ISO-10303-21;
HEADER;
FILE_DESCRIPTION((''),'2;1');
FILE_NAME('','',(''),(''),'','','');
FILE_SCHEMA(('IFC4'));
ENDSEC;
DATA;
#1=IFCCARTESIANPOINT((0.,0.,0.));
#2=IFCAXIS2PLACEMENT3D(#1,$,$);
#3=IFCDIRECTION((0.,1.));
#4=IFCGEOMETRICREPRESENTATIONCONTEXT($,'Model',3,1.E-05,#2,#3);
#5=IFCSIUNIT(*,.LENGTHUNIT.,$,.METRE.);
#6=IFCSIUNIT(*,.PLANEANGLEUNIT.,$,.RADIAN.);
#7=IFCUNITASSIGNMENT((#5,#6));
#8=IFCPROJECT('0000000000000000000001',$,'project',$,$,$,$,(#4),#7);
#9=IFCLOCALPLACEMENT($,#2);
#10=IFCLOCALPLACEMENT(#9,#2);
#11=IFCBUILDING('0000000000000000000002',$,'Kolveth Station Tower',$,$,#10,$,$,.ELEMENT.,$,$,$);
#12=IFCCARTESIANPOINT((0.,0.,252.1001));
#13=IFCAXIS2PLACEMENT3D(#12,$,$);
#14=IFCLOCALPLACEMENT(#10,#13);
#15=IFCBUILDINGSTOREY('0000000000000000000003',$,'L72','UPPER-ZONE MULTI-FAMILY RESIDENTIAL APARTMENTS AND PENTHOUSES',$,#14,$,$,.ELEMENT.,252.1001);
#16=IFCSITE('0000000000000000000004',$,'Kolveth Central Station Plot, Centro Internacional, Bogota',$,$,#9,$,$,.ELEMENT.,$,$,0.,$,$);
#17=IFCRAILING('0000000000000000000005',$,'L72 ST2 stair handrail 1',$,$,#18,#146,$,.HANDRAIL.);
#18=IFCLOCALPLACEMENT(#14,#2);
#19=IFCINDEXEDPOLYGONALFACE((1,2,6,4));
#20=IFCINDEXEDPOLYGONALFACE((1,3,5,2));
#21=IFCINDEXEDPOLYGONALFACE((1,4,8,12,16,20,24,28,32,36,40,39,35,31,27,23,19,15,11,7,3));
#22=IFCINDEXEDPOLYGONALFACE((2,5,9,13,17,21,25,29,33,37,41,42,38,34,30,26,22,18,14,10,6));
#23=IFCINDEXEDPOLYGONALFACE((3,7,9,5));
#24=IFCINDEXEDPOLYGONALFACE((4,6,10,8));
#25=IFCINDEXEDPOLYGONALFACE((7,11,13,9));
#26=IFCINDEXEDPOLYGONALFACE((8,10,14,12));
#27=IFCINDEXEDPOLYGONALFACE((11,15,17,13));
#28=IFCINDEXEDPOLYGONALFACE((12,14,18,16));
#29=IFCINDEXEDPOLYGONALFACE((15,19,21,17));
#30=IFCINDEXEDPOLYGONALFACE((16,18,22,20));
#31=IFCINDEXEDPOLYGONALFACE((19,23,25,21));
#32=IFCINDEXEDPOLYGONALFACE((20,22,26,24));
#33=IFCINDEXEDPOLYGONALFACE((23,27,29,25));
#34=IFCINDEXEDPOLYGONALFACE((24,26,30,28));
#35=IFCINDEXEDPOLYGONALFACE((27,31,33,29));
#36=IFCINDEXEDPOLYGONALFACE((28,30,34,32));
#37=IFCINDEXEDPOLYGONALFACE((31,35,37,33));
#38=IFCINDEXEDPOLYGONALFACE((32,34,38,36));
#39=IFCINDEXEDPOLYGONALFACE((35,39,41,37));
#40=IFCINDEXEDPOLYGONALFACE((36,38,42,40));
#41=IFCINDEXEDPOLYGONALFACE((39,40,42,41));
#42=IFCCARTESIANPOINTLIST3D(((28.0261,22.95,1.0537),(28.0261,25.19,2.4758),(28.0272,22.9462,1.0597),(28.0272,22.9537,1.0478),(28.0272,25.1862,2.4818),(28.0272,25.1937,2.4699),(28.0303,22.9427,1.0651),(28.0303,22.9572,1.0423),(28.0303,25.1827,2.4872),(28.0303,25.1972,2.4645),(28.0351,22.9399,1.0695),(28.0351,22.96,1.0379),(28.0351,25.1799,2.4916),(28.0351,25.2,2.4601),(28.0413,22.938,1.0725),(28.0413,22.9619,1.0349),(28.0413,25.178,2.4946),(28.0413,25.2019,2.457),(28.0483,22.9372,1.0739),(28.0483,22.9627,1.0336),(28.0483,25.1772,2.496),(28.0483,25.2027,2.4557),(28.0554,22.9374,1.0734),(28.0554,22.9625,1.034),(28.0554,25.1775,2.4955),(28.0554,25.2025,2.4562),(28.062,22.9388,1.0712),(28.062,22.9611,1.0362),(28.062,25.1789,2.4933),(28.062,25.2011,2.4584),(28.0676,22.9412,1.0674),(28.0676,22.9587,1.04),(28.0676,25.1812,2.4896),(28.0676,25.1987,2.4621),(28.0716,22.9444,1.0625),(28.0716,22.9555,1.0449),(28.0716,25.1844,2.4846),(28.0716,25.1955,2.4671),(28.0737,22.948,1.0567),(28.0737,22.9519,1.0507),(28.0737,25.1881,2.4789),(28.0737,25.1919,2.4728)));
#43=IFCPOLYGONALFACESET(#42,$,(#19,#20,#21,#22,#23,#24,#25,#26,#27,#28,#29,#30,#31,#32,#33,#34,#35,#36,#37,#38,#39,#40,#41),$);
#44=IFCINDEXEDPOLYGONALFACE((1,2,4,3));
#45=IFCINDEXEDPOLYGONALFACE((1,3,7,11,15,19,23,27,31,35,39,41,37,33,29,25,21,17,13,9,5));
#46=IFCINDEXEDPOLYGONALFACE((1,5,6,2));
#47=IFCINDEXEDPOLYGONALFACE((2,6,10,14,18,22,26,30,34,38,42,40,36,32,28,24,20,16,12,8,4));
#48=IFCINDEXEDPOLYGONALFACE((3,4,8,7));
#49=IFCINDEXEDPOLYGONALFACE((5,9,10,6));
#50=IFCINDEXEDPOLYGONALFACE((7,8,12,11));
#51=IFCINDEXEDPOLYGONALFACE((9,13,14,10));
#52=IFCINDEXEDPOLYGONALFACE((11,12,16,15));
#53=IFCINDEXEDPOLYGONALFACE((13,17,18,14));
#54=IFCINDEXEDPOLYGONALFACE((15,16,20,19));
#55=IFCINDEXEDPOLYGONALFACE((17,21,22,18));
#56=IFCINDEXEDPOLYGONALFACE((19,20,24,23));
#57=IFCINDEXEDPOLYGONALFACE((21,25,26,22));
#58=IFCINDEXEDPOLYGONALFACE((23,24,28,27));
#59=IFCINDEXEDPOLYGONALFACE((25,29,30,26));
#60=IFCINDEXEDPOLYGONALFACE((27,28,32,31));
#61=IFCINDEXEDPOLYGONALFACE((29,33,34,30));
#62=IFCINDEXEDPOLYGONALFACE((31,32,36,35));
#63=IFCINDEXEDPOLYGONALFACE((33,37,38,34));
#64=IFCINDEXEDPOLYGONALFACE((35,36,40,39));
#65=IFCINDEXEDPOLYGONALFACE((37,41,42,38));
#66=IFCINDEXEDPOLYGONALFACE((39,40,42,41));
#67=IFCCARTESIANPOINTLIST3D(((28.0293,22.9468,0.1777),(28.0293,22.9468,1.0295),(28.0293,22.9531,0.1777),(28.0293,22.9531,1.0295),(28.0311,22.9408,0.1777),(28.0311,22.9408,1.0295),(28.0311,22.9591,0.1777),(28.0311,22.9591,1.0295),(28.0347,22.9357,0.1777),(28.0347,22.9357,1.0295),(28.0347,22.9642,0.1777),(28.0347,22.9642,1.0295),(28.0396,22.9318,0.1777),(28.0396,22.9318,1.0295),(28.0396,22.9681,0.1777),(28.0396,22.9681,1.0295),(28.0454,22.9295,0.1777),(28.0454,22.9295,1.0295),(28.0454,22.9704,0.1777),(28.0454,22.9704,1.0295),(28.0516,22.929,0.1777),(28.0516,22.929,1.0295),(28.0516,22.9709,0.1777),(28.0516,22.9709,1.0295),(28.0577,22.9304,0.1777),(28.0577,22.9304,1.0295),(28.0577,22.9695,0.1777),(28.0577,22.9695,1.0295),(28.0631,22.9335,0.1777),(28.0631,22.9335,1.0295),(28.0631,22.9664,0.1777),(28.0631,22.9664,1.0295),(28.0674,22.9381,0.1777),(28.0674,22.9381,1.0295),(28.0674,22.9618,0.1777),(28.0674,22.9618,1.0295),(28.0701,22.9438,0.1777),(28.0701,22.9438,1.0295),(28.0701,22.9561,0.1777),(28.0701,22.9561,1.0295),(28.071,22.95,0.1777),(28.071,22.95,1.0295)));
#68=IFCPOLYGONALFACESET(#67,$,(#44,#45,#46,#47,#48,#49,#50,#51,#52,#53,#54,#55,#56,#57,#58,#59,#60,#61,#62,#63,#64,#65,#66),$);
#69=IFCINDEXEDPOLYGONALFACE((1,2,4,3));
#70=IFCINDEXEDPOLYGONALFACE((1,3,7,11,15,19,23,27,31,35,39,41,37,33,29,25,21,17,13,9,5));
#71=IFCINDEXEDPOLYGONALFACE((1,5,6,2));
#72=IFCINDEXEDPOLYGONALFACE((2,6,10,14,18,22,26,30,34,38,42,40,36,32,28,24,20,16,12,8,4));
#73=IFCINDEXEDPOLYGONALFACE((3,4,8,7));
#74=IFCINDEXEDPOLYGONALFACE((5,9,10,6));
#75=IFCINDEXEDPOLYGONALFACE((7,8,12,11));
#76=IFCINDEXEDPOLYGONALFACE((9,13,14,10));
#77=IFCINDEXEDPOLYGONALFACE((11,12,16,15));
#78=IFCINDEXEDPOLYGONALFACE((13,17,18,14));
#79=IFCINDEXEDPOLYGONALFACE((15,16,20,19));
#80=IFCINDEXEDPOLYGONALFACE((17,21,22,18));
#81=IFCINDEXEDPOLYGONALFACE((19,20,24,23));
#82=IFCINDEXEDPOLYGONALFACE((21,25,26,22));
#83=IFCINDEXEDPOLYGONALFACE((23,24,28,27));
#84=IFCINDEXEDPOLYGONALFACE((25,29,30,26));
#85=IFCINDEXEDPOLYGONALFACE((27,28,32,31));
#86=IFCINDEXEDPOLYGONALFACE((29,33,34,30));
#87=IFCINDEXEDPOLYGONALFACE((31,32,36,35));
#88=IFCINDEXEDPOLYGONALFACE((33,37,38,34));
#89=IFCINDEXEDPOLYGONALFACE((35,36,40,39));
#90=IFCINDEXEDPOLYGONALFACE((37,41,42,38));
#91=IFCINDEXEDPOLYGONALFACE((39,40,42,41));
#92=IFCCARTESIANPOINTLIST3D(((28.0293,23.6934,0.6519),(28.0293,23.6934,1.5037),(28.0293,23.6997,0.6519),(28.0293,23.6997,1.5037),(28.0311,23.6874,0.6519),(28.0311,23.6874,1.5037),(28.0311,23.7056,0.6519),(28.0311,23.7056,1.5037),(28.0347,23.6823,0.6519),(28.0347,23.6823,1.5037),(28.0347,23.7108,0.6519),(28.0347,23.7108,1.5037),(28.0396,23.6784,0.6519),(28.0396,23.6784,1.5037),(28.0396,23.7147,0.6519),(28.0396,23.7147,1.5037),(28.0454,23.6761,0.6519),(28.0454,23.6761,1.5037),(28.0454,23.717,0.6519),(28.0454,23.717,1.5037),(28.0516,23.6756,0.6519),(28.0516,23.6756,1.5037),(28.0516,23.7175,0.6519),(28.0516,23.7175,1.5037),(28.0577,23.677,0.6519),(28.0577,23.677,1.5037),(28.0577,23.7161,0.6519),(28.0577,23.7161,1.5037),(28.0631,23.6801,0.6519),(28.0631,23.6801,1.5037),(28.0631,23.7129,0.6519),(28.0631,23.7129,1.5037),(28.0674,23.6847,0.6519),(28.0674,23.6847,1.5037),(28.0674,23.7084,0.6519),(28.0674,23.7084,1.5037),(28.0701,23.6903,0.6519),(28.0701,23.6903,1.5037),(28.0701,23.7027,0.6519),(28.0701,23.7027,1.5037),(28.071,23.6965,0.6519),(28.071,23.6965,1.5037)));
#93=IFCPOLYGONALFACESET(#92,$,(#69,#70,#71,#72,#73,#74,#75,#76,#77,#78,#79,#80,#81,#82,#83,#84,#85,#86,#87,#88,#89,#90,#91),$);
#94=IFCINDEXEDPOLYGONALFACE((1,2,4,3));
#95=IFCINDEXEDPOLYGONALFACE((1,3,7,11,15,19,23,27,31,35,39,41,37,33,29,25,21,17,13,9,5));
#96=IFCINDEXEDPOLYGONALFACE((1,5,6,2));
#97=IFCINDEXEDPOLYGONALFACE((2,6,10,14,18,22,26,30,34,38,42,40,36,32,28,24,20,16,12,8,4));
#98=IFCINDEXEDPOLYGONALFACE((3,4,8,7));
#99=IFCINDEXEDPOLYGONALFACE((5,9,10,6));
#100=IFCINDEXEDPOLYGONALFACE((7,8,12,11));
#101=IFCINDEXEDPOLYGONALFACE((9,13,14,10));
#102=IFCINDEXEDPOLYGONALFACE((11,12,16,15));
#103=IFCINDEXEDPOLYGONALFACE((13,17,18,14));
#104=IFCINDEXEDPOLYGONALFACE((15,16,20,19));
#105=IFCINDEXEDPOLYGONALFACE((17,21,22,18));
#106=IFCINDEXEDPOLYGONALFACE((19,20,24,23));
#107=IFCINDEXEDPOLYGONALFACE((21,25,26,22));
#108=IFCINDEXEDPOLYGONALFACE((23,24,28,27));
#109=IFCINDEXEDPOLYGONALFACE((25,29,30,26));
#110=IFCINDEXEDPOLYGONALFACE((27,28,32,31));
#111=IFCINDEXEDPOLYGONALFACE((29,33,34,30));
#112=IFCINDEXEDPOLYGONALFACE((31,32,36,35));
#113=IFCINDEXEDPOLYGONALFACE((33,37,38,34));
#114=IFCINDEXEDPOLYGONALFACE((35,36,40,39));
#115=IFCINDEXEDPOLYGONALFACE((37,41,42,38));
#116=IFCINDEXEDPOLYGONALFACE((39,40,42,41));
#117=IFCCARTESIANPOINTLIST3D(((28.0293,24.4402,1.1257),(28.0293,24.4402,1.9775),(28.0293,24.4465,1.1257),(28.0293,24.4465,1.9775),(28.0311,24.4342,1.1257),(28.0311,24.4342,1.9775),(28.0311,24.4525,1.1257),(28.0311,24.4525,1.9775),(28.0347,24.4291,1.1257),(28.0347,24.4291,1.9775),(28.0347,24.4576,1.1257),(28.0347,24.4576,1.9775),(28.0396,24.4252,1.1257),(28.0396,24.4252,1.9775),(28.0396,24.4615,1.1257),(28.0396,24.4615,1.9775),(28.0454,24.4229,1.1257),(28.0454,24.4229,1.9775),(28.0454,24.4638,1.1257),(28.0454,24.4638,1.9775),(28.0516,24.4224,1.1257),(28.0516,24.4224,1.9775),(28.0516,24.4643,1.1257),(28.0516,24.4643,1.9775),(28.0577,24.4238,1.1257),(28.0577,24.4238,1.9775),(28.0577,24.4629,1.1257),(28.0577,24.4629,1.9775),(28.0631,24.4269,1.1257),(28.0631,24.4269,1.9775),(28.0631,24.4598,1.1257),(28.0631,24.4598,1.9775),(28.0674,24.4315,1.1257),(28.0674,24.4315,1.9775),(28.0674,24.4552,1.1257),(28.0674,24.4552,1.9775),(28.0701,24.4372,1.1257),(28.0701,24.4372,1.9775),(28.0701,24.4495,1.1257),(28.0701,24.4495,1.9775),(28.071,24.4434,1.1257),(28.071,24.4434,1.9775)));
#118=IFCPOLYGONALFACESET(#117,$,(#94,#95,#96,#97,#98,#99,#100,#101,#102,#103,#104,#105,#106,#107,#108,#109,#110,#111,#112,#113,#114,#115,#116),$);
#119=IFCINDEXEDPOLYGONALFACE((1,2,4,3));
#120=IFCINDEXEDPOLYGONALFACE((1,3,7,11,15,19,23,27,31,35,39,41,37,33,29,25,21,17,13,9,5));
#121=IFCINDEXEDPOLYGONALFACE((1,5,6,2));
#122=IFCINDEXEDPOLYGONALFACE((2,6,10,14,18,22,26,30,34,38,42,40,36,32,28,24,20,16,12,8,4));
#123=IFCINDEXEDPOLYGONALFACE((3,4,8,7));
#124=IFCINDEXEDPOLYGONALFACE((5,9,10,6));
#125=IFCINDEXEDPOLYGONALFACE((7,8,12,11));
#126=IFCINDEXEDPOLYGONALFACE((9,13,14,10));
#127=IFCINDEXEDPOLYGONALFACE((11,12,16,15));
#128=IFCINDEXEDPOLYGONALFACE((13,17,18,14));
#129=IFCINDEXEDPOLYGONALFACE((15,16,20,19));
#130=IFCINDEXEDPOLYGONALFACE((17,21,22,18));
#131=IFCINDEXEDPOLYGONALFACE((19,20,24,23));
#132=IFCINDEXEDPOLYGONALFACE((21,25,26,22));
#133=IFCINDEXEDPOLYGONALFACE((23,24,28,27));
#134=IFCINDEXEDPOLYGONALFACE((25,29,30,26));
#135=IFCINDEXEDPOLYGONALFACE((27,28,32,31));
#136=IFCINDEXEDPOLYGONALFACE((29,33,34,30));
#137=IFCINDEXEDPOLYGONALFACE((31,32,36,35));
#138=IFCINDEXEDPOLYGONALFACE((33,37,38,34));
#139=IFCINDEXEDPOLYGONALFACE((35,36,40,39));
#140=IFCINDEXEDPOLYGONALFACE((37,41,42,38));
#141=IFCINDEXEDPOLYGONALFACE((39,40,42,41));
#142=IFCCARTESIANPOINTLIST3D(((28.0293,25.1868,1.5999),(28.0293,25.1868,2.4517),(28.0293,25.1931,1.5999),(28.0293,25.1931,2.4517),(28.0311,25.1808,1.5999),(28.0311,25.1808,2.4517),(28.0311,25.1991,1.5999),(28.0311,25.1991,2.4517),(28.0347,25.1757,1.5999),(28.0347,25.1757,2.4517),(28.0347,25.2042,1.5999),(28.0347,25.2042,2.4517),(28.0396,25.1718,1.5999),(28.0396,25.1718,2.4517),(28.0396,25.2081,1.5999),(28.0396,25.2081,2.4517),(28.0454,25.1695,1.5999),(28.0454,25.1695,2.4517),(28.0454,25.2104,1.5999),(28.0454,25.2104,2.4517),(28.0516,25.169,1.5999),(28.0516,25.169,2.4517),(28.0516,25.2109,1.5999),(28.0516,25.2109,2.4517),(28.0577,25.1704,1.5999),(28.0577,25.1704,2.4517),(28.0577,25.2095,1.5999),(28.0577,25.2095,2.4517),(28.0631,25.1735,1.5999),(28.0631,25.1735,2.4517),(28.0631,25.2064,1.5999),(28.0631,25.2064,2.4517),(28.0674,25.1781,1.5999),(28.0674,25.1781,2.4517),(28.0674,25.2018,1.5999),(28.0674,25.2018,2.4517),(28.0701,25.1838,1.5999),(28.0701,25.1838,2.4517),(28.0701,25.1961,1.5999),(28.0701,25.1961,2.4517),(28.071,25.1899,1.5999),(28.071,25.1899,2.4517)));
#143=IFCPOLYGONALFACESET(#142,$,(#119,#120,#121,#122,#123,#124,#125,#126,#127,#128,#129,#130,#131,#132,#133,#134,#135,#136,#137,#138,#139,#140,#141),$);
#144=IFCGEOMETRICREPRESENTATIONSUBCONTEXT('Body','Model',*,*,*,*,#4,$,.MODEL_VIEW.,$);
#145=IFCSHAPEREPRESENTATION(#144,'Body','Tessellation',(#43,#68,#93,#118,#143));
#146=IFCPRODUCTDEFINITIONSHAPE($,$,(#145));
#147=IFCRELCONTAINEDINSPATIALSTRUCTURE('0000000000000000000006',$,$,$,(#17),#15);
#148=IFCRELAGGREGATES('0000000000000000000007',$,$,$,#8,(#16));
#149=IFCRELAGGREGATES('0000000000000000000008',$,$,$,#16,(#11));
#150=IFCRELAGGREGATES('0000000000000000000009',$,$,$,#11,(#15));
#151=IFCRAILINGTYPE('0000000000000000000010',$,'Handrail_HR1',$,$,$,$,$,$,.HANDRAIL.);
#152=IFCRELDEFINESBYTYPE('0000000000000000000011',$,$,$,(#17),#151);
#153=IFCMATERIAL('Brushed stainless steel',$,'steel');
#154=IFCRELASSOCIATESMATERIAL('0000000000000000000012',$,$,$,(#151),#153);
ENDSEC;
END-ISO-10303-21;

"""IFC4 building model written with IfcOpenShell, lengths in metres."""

from ifc_helpers import new_model, si_unit, direction, frame, origin, origin_2d, place, context, subcontext, project, spatial, circle, extrude, material, type_object, element, save


model = new_model("IFC4")

# Units and contexts
model_context = context("Model", 3, precision=1e-05, world=origin(), true_north=direction((0.0, 1.0)))
body_context = subcontext(model_context, "Body", "Model", "MODEL_VIEW")
ifc_project = project(units=[si_unit("LENGTHUNIT", "METRE"), si_unit("PLANEANGLEUNIT", "RADIAN")], contexts=[model_context])

# Site, building, storey
site_placement = place(None, origin())
site = spatial("IfcSite", under=ifc_project, at=site_placement, Name="Kolveth Central Station Plot, Centro Internacional, Bogota", CompositionType="ELEMENT", RefElevation=0.0)
building_placement = place(site_placement, origin())
building = spatial("IfcBuilding", under=site, at=building_placement, Name="Kolveth Station Tower", CompositionType="ELEMENT")
storey_placement = place(building_placement, frame((0.0, 0.0, 252.1001)))
storey = spatial("IfcBuildingStorey", under=building, at=storey_placement, Name="L72", Description="UPPER-ZONE MULTI-FAMILY RESIDENTIAL APARTMENTS AND PENTHOUSES", CompositionType="ELEMENT", Elevation=252.1001)

# Railing
ifc_material_1 = material(Name="Brushed stainless steel", Category="steel")
railing_type_1 = type_object("IfcRailingType", Name="Handrail_HR1", PredefinedType="HANDRAIL", material=ifc_material_1)
railing_1_placement = place(storey_placement, frame((28.05, 22.95, 0.1777)))
element("IfcRailing", 1, at=railing_1_placement, inside=storey, type_object=railing_type_1, Name="L72 ST2 stair handrail 1", PredefinedType="HANDRAIL", context=body_context, shape_type="SweptSolid", body=[
    extrude(circle(Radius=0.0239, at=origin_2d()), frame((0.0, 0.0, 0.876), z_axis=(0.0, 0.844229, 0.535982), x_axis=(-1.0, 0.0, 0.0)), (0.0, 0.0, 1.0), 2.6533),
    extrude(circle(Radius=0.021, at=origin_2d()), origin(), (0.0, 0.0, 1.0), 0.8518),
    extrude(circle(Radius=0.021, at=origin_2d()), frame((0.0, 0.7466, 0.4741)), (0.0, 0.0, 1.0), 0.8518),
    extrude(circle(Radius=0.021, at=origin_2d()), frame((0.0, 1.4934, 0.948)), (0.0, 0.0, 1.0), 0.8518),
    extrude(circle(Radius=0.021, at=origin_2d()), frame((0.0, 2.24, 1.4221)), (0.0, 0.0, 1.0), 0.8518),
])

save(model, "model.ifc")
